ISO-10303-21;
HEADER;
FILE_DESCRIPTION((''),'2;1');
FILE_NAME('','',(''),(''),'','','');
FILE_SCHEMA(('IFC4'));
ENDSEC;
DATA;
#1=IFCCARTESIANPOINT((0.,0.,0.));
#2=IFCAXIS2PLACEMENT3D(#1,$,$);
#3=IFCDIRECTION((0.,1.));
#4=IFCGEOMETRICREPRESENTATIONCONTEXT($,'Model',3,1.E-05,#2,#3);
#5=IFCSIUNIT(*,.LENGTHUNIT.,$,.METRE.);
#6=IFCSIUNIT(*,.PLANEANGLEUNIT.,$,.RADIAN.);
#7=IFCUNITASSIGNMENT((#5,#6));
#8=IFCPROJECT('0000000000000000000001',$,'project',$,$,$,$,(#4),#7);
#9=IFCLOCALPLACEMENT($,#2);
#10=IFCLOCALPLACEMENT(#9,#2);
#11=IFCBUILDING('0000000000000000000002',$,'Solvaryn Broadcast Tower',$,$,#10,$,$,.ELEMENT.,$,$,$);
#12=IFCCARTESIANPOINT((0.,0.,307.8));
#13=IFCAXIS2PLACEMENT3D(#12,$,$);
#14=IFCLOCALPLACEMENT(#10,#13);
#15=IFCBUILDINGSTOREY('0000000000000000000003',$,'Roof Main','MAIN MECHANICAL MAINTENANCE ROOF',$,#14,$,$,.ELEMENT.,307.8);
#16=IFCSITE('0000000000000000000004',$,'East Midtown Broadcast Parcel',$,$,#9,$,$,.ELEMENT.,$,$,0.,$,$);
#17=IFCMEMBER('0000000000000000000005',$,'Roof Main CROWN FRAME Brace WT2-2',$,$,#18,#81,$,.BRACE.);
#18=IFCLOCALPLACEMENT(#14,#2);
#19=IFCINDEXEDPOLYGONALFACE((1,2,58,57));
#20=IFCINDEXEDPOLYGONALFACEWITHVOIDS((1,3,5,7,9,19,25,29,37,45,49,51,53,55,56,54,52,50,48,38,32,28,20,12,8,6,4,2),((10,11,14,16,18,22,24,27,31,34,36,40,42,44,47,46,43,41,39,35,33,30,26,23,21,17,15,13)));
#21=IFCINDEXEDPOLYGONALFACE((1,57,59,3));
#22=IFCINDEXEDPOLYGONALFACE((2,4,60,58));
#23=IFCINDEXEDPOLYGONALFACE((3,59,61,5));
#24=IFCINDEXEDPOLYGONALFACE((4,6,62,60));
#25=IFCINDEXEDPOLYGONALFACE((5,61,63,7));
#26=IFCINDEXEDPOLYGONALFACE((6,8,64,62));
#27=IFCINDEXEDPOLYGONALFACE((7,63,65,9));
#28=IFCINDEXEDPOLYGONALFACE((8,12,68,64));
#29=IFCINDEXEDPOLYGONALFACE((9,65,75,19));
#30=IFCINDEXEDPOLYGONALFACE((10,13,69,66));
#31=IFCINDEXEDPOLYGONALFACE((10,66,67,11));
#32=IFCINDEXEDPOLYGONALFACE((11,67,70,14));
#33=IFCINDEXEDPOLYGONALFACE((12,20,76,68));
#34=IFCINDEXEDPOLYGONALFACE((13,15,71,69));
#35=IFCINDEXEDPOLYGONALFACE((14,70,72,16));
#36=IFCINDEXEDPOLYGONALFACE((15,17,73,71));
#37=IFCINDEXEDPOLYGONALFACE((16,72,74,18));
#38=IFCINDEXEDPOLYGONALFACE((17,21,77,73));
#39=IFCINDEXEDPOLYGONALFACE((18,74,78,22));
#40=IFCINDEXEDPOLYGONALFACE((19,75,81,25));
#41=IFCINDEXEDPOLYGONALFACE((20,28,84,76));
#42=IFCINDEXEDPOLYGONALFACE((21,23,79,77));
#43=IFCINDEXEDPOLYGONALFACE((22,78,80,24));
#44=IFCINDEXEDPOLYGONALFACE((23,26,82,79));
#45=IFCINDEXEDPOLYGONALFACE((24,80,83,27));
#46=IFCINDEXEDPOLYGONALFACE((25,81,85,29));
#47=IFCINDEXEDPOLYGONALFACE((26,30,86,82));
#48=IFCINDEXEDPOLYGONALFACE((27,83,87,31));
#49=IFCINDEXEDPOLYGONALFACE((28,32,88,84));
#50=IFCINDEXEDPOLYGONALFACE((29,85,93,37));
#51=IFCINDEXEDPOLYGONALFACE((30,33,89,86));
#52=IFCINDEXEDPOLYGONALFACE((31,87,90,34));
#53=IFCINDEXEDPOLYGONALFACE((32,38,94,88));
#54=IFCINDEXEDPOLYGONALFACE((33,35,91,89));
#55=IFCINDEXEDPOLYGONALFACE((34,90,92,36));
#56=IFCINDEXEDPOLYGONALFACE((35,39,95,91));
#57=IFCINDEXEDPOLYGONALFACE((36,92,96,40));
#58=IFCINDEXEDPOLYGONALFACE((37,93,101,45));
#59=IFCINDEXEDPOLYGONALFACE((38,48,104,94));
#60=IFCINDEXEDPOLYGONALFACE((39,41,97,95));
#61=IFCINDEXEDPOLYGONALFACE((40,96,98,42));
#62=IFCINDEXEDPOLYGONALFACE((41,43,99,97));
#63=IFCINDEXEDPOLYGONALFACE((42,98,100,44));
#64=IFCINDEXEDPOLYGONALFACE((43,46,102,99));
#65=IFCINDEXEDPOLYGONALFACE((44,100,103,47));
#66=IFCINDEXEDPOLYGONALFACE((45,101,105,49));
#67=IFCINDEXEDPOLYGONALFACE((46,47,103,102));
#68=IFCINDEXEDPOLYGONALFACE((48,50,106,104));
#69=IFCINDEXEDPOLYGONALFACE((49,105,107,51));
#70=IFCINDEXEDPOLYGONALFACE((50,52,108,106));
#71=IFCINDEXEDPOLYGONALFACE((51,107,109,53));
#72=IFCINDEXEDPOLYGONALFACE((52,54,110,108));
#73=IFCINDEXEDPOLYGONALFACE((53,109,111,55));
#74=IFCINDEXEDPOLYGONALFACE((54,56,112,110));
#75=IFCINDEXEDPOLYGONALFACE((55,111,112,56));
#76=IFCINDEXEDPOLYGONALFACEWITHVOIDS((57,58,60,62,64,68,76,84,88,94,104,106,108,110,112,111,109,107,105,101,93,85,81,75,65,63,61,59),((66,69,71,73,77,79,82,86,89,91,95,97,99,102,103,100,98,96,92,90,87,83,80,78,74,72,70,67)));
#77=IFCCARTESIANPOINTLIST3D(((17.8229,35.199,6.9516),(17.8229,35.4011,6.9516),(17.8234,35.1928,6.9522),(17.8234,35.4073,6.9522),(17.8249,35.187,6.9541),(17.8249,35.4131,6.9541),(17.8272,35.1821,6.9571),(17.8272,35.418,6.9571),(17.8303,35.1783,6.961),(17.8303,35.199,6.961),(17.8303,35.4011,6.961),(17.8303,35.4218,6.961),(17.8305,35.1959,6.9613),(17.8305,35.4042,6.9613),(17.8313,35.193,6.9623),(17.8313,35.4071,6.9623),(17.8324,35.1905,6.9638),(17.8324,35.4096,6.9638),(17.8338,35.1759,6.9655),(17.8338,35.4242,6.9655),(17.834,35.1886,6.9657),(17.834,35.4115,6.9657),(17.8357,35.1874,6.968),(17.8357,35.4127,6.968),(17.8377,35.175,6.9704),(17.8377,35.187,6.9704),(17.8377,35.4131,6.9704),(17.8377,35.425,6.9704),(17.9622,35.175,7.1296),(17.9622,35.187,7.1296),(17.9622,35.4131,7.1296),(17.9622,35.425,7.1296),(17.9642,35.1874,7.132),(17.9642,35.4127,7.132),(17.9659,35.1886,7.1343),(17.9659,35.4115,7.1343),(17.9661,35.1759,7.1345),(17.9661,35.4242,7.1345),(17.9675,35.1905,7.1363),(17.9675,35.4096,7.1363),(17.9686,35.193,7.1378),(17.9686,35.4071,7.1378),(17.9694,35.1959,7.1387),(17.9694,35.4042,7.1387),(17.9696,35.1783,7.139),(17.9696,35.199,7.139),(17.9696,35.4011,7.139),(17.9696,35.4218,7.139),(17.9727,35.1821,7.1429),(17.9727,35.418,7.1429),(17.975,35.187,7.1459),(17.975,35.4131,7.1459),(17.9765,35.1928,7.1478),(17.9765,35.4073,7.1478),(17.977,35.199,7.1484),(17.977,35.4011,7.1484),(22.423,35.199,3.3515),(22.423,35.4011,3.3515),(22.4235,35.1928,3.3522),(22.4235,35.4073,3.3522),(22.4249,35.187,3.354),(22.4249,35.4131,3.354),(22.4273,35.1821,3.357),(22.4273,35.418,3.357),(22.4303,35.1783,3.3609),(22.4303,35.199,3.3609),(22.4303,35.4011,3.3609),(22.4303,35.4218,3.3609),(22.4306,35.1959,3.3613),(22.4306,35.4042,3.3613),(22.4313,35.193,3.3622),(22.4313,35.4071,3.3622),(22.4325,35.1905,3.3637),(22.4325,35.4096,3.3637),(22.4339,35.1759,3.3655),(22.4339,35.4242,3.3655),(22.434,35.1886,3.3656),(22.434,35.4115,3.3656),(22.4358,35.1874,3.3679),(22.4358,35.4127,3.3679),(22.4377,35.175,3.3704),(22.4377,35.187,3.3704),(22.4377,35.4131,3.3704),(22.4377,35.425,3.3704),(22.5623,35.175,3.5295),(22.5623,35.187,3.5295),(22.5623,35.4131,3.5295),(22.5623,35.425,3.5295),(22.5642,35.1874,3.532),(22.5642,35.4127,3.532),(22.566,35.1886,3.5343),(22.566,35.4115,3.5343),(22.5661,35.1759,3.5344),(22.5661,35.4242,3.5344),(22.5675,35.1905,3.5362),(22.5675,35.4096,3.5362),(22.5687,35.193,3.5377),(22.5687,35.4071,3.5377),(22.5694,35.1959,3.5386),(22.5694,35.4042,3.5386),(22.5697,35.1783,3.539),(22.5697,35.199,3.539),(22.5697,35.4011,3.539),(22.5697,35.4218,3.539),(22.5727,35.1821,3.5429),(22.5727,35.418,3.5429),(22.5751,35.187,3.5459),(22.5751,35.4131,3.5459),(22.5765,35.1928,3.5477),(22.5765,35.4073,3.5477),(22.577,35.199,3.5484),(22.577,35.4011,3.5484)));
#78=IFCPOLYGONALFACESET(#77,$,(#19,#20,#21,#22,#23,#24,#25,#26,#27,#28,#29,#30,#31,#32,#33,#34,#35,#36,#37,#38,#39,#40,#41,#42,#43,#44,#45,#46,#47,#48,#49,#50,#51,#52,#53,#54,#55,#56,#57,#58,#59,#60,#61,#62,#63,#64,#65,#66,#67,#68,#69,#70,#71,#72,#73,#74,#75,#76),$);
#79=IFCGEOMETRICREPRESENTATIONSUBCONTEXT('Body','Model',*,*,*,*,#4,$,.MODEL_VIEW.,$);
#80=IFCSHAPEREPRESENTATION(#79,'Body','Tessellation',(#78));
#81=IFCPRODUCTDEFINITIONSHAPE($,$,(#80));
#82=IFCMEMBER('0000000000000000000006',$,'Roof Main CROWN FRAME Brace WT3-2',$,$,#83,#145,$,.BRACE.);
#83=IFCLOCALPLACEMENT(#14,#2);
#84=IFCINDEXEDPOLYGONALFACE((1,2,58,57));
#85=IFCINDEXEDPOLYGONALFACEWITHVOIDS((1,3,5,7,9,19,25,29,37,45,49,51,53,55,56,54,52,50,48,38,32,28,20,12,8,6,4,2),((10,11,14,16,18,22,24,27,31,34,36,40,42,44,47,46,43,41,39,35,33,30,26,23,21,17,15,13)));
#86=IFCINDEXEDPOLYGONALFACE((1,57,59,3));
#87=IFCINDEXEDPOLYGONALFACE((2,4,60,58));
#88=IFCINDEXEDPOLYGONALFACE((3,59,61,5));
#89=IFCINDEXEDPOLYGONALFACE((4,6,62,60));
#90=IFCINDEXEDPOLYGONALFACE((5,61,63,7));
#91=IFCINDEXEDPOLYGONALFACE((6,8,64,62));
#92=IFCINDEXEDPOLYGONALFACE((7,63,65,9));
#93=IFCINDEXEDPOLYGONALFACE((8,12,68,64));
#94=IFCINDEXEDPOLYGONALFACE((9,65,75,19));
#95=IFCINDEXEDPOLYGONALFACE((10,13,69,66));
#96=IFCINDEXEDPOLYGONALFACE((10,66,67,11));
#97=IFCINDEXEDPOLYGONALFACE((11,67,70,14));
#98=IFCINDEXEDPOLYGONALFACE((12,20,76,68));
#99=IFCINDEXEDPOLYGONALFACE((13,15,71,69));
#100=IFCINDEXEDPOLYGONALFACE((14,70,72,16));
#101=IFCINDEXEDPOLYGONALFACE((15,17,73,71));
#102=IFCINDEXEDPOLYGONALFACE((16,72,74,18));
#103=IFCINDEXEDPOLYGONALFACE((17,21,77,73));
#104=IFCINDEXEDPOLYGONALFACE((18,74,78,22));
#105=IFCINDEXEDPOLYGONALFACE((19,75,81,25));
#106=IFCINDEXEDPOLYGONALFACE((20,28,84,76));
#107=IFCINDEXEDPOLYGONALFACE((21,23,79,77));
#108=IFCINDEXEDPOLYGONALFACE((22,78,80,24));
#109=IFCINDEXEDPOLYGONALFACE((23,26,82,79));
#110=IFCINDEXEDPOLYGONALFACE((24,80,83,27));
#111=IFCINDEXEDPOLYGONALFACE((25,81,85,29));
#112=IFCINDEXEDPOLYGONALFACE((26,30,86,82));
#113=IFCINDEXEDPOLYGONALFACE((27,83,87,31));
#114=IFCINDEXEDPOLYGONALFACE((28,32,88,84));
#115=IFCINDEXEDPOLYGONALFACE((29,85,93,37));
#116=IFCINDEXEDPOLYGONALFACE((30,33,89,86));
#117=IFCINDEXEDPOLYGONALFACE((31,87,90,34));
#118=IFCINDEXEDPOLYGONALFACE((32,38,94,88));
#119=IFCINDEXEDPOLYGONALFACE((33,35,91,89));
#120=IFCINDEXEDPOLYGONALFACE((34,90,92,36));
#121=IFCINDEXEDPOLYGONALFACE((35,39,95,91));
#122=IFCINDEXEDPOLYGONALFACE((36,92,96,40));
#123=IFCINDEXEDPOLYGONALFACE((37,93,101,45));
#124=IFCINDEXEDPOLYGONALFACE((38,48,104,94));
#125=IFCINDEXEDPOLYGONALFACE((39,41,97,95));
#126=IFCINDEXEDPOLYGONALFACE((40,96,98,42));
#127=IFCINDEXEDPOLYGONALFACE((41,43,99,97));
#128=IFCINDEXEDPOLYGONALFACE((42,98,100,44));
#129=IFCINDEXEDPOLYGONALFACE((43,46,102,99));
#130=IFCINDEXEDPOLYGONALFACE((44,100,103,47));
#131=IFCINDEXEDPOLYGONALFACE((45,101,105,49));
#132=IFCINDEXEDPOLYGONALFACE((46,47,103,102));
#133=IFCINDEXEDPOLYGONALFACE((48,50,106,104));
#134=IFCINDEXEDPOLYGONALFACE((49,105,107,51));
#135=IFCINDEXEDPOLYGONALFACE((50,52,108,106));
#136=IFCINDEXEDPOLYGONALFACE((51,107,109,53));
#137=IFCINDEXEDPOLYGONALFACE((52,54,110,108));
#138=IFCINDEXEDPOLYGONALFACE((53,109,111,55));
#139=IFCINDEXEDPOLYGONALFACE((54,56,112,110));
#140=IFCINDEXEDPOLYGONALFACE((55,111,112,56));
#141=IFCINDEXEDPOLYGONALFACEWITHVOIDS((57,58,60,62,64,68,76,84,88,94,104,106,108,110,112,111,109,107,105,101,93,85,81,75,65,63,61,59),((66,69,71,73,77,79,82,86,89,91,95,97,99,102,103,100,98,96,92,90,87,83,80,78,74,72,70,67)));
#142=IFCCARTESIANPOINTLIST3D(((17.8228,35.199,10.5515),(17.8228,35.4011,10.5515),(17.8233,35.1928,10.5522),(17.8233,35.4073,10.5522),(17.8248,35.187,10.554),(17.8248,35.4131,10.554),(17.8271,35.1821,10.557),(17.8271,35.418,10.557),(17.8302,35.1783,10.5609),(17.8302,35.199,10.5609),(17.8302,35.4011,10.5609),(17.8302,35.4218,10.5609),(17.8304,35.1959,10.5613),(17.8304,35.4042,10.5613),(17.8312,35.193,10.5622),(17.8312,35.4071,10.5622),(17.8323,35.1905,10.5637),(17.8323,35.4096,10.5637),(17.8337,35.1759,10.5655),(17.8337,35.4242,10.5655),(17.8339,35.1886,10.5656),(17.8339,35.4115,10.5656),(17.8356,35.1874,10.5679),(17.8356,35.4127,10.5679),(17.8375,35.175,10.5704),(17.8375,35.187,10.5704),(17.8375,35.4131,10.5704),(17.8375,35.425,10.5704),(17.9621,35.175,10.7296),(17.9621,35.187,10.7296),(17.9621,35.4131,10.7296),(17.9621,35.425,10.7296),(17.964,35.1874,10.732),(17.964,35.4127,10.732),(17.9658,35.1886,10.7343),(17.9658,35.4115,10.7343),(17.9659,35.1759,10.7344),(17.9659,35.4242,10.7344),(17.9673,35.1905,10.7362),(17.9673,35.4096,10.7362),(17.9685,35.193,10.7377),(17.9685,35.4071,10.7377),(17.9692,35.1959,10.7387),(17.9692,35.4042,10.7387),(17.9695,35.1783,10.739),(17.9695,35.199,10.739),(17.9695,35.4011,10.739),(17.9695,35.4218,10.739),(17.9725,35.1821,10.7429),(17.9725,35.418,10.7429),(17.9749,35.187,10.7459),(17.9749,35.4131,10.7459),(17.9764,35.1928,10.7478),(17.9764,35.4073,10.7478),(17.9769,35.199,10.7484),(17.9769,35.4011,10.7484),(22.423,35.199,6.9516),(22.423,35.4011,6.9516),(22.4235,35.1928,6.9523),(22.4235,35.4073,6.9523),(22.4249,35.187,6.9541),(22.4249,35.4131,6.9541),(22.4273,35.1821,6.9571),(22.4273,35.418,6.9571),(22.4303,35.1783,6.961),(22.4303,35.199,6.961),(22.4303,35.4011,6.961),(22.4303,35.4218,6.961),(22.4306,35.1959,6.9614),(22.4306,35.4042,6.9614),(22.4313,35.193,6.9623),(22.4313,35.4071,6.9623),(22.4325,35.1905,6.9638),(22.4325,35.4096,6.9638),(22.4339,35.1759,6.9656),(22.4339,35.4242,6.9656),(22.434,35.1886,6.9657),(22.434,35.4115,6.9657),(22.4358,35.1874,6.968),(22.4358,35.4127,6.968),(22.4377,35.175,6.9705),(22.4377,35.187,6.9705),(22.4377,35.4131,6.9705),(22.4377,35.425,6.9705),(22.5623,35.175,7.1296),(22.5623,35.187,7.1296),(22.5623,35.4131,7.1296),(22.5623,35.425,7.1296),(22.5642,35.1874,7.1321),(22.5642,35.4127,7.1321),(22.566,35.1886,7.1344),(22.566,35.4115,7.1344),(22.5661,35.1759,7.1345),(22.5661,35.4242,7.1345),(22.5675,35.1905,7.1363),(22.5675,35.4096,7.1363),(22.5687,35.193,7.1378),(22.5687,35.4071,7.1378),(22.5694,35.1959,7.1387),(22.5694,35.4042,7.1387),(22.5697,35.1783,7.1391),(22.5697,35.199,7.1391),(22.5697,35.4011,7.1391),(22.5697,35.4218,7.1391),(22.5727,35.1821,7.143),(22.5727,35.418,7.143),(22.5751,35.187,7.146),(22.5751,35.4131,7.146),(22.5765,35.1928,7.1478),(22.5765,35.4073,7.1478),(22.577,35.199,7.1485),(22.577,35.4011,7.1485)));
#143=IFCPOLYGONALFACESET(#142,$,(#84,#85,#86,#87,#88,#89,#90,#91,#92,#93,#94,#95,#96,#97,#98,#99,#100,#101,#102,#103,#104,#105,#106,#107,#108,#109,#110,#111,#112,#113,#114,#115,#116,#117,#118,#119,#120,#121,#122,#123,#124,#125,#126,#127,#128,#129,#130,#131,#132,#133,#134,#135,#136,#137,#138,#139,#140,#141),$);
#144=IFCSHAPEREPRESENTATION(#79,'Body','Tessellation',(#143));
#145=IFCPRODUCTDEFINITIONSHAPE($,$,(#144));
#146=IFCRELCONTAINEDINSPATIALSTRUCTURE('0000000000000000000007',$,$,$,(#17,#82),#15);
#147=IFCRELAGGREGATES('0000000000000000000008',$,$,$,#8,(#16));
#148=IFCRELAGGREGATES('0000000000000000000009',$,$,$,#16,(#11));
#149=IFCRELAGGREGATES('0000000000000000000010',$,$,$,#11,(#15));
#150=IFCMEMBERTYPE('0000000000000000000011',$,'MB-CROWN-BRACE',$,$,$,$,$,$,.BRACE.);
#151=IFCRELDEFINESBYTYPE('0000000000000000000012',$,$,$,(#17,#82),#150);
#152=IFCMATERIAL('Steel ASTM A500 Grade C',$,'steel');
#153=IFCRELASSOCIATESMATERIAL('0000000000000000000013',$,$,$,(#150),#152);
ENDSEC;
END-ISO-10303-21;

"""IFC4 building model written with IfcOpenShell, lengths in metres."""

from ifc_helpers import new_model, si_unit, direction, frame, origin, origin_2d, place, context, subcontext, project, spatial, hollow_rectangle, extrude, material, material_profile, profile_set, type_object, element, save


model = new_model("IFC4")

# Units and contexts
model_context = context("Model", 3, precision=1e-05, world=origin(), true_north=direction((0.0, 1.0)))
body_context = subcontext(model_context, "Body", "Model", "MODEL_VIEW")
ifc_project = project(units=[si_unit("LENGTHUNIT", "METRE"), si_unit("PLANEANGLEUNIT", "RADIAN")], contexts=[model_context])

# Site, building, storey
site_placement = place(None, origin())
site = spatial("IfcSite", under=ifc_project, at=site_placement, Name="East Midtown Broadcast Parcel", CompositionType="ELEMENT", RefElevation=0.0)
building_placement = place(site_placement, origin())
building = spatial("IfcBuilding", under=site, at=building_placement, Name="Solvaryn Broadcast Tower", CompositionType="ELEMENT")
storey_placement = place(building_placement, frame((0.0, 0.0, 307.8)))
storey = spatial("IfcBuildingStorey", under=building, at=storey_placement, Name="Roof Main", Description="MAIN MECHANICAL MAINTENANCE ROOF", CompositionType="ELEMENT", Elevation=307.8)

# Members
ifc_material_1 = material(Name="Steel ASTM A500 Grade C", Category="steel")
ifc_material_profile_1 = material_profile(ifc_material_1, hollow_rectangle(XDim=0.25, YDim=0.25, WallThickness=0.012, InnerFilletRadius=0.012, OuterFilletRadius=0.0239, at=origin_2d()))
ifc_profile_set_1 = profile_set([ifc_material_profile_1], Name="Steel ASTM A500 Grade C")
member_type_1 = type_object("IfcMemberType", Name="MB-CROWN-BRACE", PredefinedType="BRACE", material=ifc_profile_set_1)
for number, where, z_axis, x_axis, name in (
    (1, (22.5, 35.3, 3.45), (-0.787503, 0.0, 0.616311), (0.0, -1.0, 0.0), "Roof Main CROWN FRAME Brace WT2-2"),
    (2, (22.5, 35.3, 7.05), (-0.787524, 0.0, 0.616285), (0.0, -1.0, 0.0), "Roof Main CROWN FRAME Brace WT3-2"),
):
    element("IfcMember", number, at=place(storey_placement, frame(where, z_axis=z_axis, x_axis=x_axis)), inside=storey, type_object=member_type_1, Name=name, PredefinedType="BRACE", context=body_context, shape_type="SweptSolid", body=[
        extrude(hollow_rectangle(XDim=0.25, YDim=0.25, WallThickness=0.012, InnerFilletRadius=0.012, OuterFilletRadius=0.0239, at=origin_2d()), origin(), (0.0, 0.0, 1.0), 5.8413),
    ])

save(model, "model.ifc")
